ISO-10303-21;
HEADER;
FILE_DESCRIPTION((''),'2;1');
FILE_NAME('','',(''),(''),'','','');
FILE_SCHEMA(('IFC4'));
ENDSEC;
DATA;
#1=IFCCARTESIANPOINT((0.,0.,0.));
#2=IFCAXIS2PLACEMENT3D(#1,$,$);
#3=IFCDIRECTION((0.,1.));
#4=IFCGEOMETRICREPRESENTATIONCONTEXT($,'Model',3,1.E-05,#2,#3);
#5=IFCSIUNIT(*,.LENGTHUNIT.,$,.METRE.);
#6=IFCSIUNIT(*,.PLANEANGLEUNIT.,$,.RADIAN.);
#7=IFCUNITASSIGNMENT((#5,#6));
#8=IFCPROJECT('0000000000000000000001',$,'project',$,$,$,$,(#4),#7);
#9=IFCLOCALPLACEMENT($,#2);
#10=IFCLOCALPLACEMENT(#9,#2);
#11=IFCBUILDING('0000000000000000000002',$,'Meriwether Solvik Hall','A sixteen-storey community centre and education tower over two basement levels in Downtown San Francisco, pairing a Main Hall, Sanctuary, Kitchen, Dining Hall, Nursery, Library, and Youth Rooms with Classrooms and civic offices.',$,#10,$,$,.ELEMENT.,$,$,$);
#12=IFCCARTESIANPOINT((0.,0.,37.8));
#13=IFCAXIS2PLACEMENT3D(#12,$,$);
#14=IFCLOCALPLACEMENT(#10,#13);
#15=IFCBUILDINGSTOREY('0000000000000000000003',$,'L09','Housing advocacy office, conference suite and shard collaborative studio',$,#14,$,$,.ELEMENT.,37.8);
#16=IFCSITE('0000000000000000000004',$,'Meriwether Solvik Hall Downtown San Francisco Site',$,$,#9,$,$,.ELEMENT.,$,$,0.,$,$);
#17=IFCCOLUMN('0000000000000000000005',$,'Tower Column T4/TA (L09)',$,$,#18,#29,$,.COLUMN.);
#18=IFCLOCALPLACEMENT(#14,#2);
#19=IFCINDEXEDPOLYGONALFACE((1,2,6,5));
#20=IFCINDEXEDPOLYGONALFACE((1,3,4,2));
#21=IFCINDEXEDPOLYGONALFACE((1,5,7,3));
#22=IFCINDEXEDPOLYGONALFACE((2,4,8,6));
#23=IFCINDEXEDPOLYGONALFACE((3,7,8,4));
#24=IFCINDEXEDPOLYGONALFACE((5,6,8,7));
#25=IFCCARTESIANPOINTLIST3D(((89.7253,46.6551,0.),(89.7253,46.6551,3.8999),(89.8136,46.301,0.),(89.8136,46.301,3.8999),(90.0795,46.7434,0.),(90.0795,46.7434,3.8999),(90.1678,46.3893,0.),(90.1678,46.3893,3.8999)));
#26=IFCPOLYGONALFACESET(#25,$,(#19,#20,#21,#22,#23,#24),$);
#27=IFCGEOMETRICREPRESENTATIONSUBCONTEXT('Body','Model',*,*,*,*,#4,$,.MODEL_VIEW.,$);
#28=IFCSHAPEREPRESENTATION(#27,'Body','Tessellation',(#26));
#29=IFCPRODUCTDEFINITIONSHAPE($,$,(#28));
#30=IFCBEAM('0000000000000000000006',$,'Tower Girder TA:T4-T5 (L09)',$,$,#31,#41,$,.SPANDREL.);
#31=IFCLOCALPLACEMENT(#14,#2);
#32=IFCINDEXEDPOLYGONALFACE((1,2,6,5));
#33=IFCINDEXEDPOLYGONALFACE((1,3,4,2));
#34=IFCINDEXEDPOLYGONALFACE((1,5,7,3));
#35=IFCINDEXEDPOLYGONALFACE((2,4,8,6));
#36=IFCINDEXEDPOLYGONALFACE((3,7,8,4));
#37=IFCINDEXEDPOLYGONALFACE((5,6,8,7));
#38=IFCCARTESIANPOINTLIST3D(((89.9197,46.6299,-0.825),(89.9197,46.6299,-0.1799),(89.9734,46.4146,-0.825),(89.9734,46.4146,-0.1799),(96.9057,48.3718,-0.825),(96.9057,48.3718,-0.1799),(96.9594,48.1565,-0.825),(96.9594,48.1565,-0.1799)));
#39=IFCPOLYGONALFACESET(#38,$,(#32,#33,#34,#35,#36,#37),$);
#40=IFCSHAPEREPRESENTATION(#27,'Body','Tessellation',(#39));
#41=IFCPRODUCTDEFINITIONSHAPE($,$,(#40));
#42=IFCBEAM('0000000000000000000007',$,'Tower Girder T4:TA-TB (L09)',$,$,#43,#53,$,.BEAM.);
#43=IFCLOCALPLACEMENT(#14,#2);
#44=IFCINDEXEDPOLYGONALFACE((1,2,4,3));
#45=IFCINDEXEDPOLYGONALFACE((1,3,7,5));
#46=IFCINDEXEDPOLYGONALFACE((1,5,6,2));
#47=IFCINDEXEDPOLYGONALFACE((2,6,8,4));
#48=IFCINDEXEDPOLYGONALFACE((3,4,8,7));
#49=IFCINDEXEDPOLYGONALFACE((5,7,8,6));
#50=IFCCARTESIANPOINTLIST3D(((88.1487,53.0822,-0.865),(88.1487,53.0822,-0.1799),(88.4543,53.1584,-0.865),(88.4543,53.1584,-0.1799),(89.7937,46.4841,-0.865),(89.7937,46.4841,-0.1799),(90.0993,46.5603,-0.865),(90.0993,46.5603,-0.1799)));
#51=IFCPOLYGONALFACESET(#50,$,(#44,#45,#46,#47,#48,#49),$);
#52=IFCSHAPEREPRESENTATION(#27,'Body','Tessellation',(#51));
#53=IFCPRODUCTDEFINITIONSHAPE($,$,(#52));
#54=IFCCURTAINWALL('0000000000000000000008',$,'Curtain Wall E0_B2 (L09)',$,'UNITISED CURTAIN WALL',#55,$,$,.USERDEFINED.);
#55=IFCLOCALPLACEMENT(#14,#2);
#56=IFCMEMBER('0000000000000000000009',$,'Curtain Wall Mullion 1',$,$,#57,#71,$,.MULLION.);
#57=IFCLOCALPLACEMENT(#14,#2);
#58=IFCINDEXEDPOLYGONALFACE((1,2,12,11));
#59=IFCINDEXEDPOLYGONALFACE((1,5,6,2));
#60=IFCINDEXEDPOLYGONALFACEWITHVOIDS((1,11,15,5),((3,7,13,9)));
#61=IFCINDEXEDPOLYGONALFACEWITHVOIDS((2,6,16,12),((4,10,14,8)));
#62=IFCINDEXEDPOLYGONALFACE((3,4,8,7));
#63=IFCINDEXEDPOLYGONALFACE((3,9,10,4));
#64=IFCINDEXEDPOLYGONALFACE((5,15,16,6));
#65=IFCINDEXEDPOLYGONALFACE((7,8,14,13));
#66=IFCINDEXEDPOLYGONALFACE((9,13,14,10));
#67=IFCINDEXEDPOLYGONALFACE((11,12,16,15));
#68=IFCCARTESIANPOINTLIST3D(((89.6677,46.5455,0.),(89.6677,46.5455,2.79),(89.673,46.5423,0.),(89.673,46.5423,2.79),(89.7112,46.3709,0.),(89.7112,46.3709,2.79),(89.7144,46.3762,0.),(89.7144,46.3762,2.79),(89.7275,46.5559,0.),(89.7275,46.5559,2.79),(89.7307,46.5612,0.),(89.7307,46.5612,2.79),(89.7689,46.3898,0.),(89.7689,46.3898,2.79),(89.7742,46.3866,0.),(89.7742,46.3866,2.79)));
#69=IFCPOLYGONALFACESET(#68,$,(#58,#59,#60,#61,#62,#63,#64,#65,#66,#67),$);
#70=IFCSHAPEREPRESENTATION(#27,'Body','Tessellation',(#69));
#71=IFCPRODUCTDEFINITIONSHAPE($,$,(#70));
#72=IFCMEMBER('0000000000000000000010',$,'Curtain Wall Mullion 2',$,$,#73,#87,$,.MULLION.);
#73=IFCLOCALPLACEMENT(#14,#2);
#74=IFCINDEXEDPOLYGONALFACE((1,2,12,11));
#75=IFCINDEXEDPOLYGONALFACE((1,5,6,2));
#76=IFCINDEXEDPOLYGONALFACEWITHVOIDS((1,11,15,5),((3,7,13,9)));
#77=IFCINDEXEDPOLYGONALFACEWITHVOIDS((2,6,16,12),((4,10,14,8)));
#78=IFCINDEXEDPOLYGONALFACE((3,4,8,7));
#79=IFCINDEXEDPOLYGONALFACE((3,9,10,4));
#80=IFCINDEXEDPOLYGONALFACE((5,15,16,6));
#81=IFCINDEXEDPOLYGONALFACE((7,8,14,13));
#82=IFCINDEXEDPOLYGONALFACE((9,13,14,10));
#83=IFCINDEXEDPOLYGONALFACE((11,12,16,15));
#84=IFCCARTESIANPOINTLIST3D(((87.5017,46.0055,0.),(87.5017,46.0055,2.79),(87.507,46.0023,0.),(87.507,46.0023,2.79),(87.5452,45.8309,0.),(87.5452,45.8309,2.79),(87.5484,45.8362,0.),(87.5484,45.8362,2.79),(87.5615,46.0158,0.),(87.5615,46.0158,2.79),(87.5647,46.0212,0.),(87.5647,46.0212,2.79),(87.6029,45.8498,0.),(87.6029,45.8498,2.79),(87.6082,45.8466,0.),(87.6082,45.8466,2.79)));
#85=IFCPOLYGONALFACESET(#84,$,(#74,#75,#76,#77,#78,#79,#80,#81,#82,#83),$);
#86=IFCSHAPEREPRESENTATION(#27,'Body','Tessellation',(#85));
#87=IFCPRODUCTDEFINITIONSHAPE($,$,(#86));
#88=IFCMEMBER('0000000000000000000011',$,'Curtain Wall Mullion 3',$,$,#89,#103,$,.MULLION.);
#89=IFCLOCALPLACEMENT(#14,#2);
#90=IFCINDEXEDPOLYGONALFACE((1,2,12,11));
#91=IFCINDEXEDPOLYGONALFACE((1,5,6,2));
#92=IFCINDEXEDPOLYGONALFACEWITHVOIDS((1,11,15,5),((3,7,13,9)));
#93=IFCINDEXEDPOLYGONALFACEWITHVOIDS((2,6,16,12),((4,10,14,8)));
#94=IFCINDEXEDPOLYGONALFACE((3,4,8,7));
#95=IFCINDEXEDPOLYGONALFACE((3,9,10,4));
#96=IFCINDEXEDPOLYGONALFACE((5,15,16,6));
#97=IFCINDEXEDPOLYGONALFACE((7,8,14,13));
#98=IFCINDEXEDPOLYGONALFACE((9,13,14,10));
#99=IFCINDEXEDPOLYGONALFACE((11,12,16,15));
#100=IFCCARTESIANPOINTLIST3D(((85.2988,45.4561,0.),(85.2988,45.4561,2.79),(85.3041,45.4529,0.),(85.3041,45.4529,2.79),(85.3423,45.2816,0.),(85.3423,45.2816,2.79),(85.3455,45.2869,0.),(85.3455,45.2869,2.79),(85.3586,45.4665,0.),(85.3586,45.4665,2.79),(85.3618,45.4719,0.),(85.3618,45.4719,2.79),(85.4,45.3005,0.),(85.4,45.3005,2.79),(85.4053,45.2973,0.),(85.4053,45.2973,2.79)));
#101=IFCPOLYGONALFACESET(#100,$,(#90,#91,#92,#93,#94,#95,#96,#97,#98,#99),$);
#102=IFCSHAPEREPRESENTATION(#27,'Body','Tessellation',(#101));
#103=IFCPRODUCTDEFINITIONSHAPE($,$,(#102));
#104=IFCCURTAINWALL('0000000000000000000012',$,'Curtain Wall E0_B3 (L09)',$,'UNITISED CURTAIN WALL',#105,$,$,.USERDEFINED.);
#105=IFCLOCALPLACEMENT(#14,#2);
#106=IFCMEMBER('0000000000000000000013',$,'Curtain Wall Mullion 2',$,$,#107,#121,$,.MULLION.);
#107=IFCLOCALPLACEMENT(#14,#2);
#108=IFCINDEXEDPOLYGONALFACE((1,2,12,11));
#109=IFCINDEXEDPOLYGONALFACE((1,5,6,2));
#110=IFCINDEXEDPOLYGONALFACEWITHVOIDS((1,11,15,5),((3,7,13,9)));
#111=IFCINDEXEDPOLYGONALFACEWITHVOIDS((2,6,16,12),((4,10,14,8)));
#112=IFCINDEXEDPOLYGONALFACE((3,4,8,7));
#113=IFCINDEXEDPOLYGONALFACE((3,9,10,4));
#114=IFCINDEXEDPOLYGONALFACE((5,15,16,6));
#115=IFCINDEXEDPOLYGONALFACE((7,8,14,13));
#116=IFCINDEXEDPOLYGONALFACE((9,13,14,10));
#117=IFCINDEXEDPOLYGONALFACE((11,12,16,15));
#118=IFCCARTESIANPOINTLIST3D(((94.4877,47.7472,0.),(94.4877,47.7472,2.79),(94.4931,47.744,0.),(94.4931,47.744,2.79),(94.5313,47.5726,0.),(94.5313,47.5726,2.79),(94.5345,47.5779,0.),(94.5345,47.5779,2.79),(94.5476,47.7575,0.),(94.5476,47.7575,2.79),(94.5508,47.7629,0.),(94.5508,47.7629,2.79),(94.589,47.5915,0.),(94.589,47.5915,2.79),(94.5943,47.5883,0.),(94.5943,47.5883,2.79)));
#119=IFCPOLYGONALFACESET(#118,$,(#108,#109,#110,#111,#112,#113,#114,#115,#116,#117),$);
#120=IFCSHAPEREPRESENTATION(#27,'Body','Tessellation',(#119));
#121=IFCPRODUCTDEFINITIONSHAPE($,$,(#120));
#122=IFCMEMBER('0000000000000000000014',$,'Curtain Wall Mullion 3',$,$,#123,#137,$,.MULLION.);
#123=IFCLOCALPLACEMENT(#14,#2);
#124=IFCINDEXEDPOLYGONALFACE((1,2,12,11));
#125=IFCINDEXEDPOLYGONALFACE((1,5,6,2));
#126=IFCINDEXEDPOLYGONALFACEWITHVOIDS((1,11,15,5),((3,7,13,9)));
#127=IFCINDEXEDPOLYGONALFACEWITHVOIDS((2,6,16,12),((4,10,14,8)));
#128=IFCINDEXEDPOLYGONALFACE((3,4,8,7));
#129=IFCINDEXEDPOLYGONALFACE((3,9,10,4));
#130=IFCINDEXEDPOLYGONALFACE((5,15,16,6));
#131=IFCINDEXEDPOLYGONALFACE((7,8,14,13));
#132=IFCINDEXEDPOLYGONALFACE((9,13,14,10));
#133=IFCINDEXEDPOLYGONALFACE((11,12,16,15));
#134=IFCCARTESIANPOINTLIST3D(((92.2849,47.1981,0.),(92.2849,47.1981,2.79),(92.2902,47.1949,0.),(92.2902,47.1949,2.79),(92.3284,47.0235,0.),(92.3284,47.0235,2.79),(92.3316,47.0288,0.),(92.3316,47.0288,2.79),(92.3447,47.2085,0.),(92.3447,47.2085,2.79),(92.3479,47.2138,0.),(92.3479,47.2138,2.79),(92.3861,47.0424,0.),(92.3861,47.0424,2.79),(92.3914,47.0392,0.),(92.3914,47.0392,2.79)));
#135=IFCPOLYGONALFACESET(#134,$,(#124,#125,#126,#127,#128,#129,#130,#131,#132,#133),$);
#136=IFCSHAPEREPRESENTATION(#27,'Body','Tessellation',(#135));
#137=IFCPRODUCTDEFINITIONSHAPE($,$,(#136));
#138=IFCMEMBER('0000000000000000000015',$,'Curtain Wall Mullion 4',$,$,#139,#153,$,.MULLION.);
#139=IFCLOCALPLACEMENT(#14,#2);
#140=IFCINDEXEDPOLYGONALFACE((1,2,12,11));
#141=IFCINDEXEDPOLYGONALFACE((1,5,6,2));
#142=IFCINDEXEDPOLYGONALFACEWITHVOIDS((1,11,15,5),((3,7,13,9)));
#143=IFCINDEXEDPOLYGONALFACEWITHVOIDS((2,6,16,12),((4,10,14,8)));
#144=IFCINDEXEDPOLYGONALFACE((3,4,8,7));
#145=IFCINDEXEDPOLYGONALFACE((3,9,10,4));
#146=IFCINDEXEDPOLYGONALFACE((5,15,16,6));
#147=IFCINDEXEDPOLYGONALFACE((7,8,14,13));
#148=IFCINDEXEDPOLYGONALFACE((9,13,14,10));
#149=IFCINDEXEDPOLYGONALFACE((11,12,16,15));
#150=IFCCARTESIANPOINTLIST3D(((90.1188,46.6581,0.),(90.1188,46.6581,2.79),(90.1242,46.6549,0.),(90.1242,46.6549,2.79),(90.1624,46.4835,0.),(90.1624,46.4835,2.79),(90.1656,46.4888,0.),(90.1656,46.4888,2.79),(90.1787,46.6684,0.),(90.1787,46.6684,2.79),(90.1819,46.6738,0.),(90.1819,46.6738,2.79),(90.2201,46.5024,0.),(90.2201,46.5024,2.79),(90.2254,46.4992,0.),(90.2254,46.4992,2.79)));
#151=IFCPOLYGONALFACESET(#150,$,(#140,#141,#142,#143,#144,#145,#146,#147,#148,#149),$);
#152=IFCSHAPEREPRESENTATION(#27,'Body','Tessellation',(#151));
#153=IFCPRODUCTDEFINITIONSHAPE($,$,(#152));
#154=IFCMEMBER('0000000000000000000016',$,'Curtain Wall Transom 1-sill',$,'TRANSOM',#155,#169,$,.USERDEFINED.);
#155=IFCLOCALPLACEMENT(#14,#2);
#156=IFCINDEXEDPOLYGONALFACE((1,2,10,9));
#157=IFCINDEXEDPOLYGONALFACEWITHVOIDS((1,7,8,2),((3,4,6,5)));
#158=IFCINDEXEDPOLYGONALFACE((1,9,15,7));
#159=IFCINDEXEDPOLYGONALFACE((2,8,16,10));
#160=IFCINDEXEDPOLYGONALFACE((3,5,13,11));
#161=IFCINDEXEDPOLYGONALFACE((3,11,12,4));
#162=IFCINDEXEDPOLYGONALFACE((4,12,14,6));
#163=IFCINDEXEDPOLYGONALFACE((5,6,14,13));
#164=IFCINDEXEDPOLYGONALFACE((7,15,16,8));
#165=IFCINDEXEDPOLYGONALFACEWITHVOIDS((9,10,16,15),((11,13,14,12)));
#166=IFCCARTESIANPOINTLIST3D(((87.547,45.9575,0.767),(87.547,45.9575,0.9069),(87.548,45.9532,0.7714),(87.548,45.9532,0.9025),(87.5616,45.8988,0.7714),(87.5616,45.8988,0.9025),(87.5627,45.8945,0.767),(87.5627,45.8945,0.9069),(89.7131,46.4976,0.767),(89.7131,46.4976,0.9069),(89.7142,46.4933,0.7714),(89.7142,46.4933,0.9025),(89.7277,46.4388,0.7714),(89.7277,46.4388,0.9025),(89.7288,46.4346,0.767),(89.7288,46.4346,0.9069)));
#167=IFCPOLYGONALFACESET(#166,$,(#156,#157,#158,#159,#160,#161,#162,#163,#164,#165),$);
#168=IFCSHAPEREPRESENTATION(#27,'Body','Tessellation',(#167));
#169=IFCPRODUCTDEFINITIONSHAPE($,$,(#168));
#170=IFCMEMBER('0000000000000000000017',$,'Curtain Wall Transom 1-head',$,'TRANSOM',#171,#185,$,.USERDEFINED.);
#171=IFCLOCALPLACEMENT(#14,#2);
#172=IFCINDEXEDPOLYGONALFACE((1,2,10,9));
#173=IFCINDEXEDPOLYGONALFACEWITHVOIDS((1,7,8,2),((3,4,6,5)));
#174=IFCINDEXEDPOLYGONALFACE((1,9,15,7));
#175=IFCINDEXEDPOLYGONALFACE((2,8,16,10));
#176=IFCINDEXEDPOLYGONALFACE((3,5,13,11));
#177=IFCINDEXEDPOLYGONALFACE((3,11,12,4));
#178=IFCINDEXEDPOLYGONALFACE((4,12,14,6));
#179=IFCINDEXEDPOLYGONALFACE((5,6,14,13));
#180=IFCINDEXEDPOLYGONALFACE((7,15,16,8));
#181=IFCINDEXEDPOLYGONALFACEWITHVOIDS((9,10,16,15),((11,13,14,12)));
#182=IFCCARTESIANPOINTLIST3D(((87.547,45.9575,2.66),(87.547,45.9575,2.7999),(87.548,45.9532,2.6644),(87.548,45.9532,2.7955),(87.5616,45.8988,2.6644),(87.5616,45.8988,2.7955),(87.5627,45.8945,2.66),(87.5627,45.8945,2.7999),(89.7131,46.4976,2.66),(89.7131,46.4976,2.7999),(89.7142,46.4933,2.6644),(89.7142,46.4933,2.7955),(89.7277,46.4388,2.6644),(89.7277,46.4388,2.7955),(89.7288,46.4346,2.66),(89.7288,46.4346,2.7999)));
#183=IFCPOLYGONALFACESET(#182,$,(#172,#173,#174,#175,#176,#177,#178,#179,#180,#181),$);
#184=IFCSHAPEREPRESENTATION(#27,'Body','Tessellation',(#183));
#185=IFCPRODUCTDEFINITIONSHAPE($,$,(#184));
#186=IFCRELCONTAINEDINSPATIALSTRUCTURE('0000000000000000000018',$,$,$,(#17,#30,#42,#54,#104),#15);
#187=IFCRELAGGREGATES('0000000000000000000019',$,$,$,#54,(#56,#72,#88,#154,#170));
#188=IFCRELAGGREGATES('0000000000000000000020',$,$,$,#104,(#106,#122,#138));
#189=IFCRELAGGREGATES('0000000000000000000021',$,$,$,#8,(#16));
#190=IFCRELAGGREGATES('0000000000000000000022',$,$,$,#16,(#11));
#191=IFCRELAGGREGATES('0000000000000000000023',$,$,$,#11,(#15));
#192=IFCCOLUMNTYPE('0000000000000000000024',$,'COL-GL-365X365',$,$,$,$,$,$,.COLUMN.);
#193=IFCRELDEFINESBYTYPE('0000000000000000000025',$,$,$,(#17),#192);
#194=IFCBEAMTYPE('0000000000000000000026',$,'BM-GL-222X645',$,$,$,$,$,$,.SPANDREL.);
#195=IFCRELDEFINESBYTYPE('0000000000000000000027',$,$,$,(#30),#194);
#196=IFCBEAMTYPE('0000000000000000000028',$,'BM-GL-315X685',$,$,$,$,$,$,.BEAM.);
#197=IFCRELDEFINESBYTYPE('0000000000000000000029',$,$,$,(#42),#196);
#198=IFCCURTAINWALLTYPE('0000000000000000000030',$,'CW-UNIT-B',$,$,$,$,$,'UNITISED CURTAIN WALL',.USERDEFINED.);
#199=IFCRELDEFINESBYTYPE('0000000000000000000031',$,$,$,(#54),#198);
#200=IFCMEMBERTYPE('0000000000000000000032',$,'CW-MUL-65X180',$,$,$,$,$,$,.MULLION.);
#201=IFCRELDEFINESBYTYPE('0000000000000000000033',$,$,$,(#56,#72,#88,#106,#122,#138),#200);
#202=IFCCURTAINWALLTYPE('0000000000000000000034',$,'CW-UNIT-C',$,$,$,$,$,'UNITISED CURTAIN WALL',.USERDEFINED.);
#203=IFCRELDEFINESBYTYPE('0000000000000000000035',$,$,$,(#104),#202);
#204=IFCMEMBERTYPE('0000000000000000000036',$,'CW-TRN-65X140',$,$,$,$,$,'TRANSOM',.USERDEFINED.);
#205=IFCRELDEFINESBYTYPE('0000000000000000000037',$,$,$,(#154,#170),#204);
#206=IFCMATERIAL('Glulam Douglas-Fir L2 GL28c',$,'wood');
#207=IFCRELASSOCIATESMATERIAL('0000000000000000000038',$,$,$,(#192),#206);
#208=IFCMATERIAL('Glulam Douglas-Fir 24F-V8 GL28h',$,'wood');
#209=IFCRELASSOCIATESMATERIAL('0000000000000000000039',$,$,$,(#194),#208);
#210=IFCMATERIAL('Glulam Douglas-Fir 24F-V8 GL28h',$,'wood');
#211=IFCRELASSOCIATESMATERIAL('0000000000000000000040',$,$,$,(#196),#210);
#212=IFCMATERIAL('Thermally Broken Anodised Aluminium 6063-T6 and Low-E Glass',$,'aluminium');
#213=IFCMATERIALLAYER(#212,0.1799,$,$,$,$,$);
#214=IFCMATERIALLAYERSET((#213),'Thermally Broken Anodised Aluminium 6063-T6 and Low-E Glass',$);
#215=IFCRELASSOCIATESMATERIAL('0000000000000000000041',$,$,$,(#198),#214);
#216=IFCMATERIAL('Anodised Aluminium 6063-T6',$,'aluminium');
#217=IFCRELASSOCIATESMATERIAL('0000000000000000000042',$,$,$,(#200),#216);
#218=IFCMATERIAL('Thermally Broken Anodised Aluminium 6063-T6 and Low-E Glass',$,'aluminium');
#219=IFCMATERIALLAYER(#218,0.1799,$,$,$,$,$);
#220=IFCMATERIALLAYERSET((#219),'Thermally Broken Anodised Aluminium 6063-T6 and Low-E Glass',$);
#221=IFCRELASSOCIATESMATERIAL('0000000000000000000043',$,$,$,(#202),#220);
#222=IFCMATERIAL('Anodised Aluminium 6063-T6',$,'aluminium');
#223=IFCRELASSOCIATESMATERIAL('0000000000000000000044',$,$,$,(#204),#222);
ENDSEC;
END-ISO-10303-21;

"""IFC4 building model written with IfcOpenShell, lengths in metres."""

from ifc_helpers import new_model, si_unit, direction, frame, origin, origin_2d, place, context, subcontext, project, spatial, rectangle, hollow_rectangle, extrude, material, layer, layer_set, material_profile, profile_set, type_object, element, aggregate, save


model = new_model("IFC4")

# Units and contexts
model_context = context("Model", 3, precision=1e-05, world=origin(), true_north=direction((0.0, 1.0)))
body_context = subcontext(model_context, "Body", "Model", "MODEL_VIEW")
ifc_project = project(units=[si_unit("LENGTHUNIT", "METRE"), si_unit("PLANEANGLEUNIT", "RADIAN")], contexts=[model_context])

# Site, building, storey
site_placement = place(None, origin())
site = spatial("IfcSite", under=ifc_project, at=site_placement, Name="Meriwether Solvik Hall Downtown San Francisco Site", CompositionType="ELEMENT", RefElevation=0.0)
building_placement = place(site_placement, origin())
building = spatial("IfcBuilding", under=site, at=building_placement, Name="Meriwether Solvik Hall", Description="A sixteen-storey community centre and education tower over two basement levels in Downtown San Francisco, pairing a Main Hall, Sanctuary, Kitchen, Dining Hall, Nursery, Library, and Youth Rooms with Classrooms and civic offices.", CompositionType="ELEMENT")
storey_placement = place(building_placement, frame((0.0, 0.0, 37.8)))
storey = spatial("IfcBuildingStorey", under=building, at=storey_placement, Name="L09", Description="Housing advocacy office, conference suite and shard collaborative studio", CompositionType="ELEMENT", Elevation=37.8)

# Column
ifc_material_1 = material(Name="Glulam Douglas-Fir L2 GL28c", Category="wood")
ifc_material_profile_1 = material_profile(ifc_material_1, rectangle(XDim=0.365, YDim=0.365, at=origin_2d()), Name="GLC-365X365")
ifc_profile_set_1 = profile_set([ifc_material_profile_1], Name="Glulam Douglas-Fir L2 GL28c")
column_type = type_object("IfcColumnType", Name="COL-GL-365X365", PredefinedType="COLUMN", material=ifc_profile_set_1)
column_placement = place(storey_placement, frame((89.9465, 46.5222, 0.0), z_axis=(0.0, 0.0, 1.0), x_axis=(0.970296, 0.241922, 0.0)))
element("IfcColumn", 1, at=column_placement, inside=storey, type_object=column_type, Name="Tower Column T4/TA (L09)", PredefinedType="COLUMN", context=body_context, shape_type="SweptSolid", body=[
    extrude(rectangle(XDim=0.365, YDim=0.365, at=origin_2d()), origin(), (0.0, 0.0, 1.0), 3.8999),
])

# Beams
ifc_material_2 = material(Name="Glulam Douglas-Fir 24F-V8 GL28h", Category="wood")
ifc_material_profile_2 = material_profile(ifc_material_2, rectangle(XDim=0.2219, YDim=0.645, at=origin_2d()), Name="GLB-222X645")
ifc_profile_set_2 = profile_set([ifc_material_profile_2], Name="Glulam Douglas-Fir 24F-V8 GL28h")
beam_type_1 = type_object("IfcBeamType", Name="BM-GL-222X645", PredefinedType="SPANDREL", material=ifc_profile_set_2)
beam_1_placement = place(storey_placement, frame((89.9465, 46.5222, -0.5024), z_axis=(0.970292, 0.241937, 0.0), x_axis=(-0.241937, 0.970292, 0.0)))
element("IfcBeam", 2, at=beam_1_placement, inside=storey, type_object=beam_type_1, Name="Tower Girder TA:T4-T5 (L09)", PredefinedType="SPANDREL", context=body_context, shape_type="SweptSolid", body=[
    extrude(rectangle(XDim=0.2219, YDim=0.645, at=origin_2d()), origin(), (0.0, 0.0, 1.0), 7.2),
])
ifc_material_3 = material(Name="Glulam Douglas-Fir 24F-V8 GL28h", Category="wood")
ifc_material_profile_3 = material_profile(ifc_material_3, rectangle(XDim=0.3149, YDim=0.6851, at=origin_2d()), Name="GLB-315X685")
ifc_profile_set_3 = profile_set([ifc_material_profile_3], Name="Glulam Douglas-Fir 24F-V8 GL28h")
beam_type_2 = type_object("IfcBeamType", Name="BM-GL-315X685", PredefinedType="BEAM", material=ifc_profile_set_3)
beam_2_placement = place(storey_placement, frame((89.9465, 46.5222, -0.5225), z_axis=(-0.24191, 0.970299, 0.0), x_axis=(-0.970299, -0.24191, 0.0)))
element("IfcBeam", 3, at=beam_2_placement, inside=storey, type_object=beam_type_2, Name="Tower Girder T4:TA-TB (L09)", PredefinedType="BEAM", context=body_context, shape_type="SweptSolid", body=[
    extrude(rectangle(XDim=0.3149, YDim=0.6851, at=origin_2d()), origin(), (0.0, 0.0, 1.0), 6.8),
])

# Curtain walls, members
ifc_material_4 = material(Name="Thermally Broken Anodised Aluminium 6063-T6 and Low-E Glass", Category="aluminium")
ifc_layer_1 = layer(ifc_material_4, 0.1799)
ifc_layer_set_1 = layer_set([ifc_layer_1], Name="Thermally Broken Anodised Aluminium 6063-T6 and Low-E Glass")
curtain_wall_type_1 = type_object("IfcCurtainWallType", Name="CW-UNIT-B", ElementType="UNITISED CURTAIN WALL", PredefinedType="USERDEFINED", material=ifc_layer_set_1)
curtain_wall_1_placement = place(storey_placement, origin())
curtain_wall_1 = element("IfcCurtainWall", 4, at=curtain_wall_1_placement, inside=storey, type_object=curtain_wall_type_1, Name="Curtain Wall E0_B2 (L09)", ObjectType="UNITISED CURTAIN WALL", PredefinedType="USERDEFINED")
ifc_material_5 = material(Name="Anodised Aluminium 6063-T6", Category="aluminium")
ifc_material_profile_4 = material_profile(ifc_material_5, hollow_rectangle(XDim=0.0649, YDim=0.1799, WallThickness=0.0044, at=origin_2d()), Name="CWM-65X180")
ifc_profile_set_4 = profile_set([ifc_material_profile_4], Name="Anodised Aluminium 6063-T6")
member_type_1 = type_object("IfcMemberType", Name="CW-MUL-65X180", PredefinedType="MULLION", material=ifc_profile_set_4)
member_1_placement = place(storey_placement, frame((89.7209, 46.4661, 0.0), z_axis=(0.0, 0.0, 1.0), x_axis=(-0.970296, -0.241922, 0.0)))
member_1 = element("IfcMember", 5, at=member_1_placement, type_object=member_type_1, Name="Curtain Wall Mullion 1", PredefinedType="MULLION", context=body_context, shape_type="SweptSolid", body=[
    extrude(hollow_rectangle(XDim=0.0649, YDim=0.1799, WallThickness=0.0044, at=origin_2d()), origin(), (0.0, 0.0, 1.0), 2.79),
])
member_2_placement = place(storey_placement, frame((87.5549, 45.926, 0.0), z_axis=(0.0, 0.0, 1.0), x_axis=(-0.970296, -0.241922, 0.0)))
member_2 = element("IfcMember", 6, at=member_2_placement, type_object=member_type_1, Name="Curtain Wall Mullion 2", PredefinedType="MULLION", context=body_context, shape_type="SweptSolid", body=[
    extrude(hollow_rectangle(XDim=0.0649, YDim=0.1799, WallThickness=0.0044, at=origin_2d()), origin(), (0.0, 0.0, 1.0), 2.79),
])
member_3_placement = place(storey_placement, frame((85.3521, 45.3767, 0.0), z_axis=(0.0, 0.0, 1.0), x_axis=(-0.970296, -0.241922, 0.0)))
member_3 = element("IfcMember", 7, at=member_3_placement, type_object=member_type_1, Name="Curtain Wall Mullion 3", PredefinedType="MULLION", context=body_context, shape_type="SweptSolid", body=[
    extrude(hollow_rectangle(XDim=0.0649, YDim=0.1799, WallThickness=0.0044, at=origin_2d()), origin(), (0.0, 0.0, 1.0), 2.79),
])
ifc_material_6 = material(Name="Thermally Broken Anodised Aluminium 6063-T6 and Low-E Glass", Category="aluminium")
ifc_layer_2 = layer(ifc_material_6, 0.1799)
ifc_layer_set_2 = layer_set([ifc_layer_2], Name="Thermally Broken Anodised Aluminium 6063-T6 and Low-E Glass")
curtain_wall_type_2 = type_object("IfcCurtainWallType", Name="CW-UNIT-C", ElementType="UNITISED CURTAIN WALL", PredefinedType="USERDEFINED", material=ifc_layer_set_2)
curtain_wall_2_placement = place(storey_placement, origin())
curtain_wall_2 = element("IfcCurtainWall", 8, at=curtain_wall_2_placement, inside=storey, type_object=curtain_wall_type_2, Name="Curtain Wall E0_B3 (L09)", ObjectType="UNITISED CURTAIN WALL", PredefinedType="USERDEFINED")
member_4_placement = place(storey_placement, frame((94.541, 47.6677, 0.0), z_axis=(0.0, 0.0, 1.0), x_axis=(-0.970296, -0.241922, 0.0)))
member_4 = element("IfcMember", 9, at=member_4_placement, type_object=member_type_1, Name="Curtain Wall Mullion 2", PredefinedType="MULLION", context=body_context, shape_type="SweptSolid", body=[
    extrude(hollow_rectangle(XDim=0.0649, YDim=0.1799, WallThickness=0.0044, at=origin_2d()), origin(), (0.0, 0.0, 1.0), 2.79),
])
member_5_placement = place(storey_placement, frame((92.3381, 47.1187, 0.0), z_axis=(0.0, 0.0, 1.0), x_axis=(-0.970296, -0.241922, 0.0)))
member_5 = element("IfcMember", 10, at=member_5_placement, type_object=member_type_1, Name="Curtain Wall Mullion 3", PredefinedType="MULLION", context=body_context, shape_type="SweptSolid", body=[
    extrude(hollow_rectangle(XDim=0.0649, YDim=0.1799, WallThickness=0.0044, at=origin_2d()), origin(), (0.0, 0.0, 1.0), 2.79),
])
member_6_placement = place(storey_placement, frame((90.1721, 46.5786, 0.0), z_axis=(0.0, 0.0, 1.0), x_axis=(-0.970296, -0.241922, 0.0)))
member_6 = element("IfcMember", 11, at=member_6_placement, type_object=member_type_1, Name="Curtain Wall Mullion 4", PredefinedType="MULLION", context=body_context, shape_type="SweptSolid", body=[
    extrude(hollow_rectangle(XDim=0.0649, YDim=0.1799, WallThickness=0.0044, at=origin_2d()), origin(), (0.0, 0.0, 1.0), 2.79),
])

# Members
ifc_material_7 = material(Name="Anodised Aluminium 6063-T6", Category="aluminium")
ifc_material_profile_5 = material_profile(ifc_material_7, hollow_rectangle(XDim=0.0649, YDim=0.1399, WallThickness=0.0044, at=origin_2d()), Name="CWT-65X140")
ifc_profile_set_5 = profile_set([ifc_material_profile_5], Name="Anodised Aluminium 6063-T6")
member_type_2 = type_object("IfcMemberType", Name="CW-TRN-65X140", ElementType="TRANSOM", PredefinedType="USERDEFINED", material=ifc_profile_set_5)
member_7_placement = place(storey_placement, frame((89.7209, 46.4661, 0.8369), z_axis=(-0.970297, -0.241918, 0.0), x_axis=(0.241918, -0.970297, 0.0)))
member_7 = element("IfcMember", 12, at=member_7_placement, type_object=member_type_2, Name="Curtain Wall Transom 1-sill", ObjectType="TRANSOM", PredefinedType="USERDEFINED", context=body_context, shape_type="SweptSolid", body=[
    extrude(hollow_rectangle(XDim=0.0649, YDim=0.1399, WallThickness=0.0044, at=origin_2d()), origin(), (0.0, 0.0, 1.0), 2.2324),
])
member_8_placement = place(storey_placement, frame((89.7209, 46.4661, 2.73), z_axis=(-0.970297, -0.241918, 0.0), x_axis=(0.241918, -0.970297, 0.0)))
member_8 = element("IfcMember", 13, at=member_8_placement, type_object=member_type_2, Name="Curtain Wall Transom 1-head", ObjectType="TRANSOM", PredefinedType="USERDEFINED", context=body_context, shape_type="SweptSolid", body=[
    extrude(hollow_rectangle(XDim=0.0649, YDim=0.1399, WallThickness=0.0044, at=origin_2d()), origin(), (0.0, 0.0, 1.0), 2.2324),
])

aggregate(curtain_wall_1, [member_1, member_2, member_3, member_7, member_8])
aggregate(curtain_wall_2, [member_4, member_5, member_6])

save(model, "model.ifc")
